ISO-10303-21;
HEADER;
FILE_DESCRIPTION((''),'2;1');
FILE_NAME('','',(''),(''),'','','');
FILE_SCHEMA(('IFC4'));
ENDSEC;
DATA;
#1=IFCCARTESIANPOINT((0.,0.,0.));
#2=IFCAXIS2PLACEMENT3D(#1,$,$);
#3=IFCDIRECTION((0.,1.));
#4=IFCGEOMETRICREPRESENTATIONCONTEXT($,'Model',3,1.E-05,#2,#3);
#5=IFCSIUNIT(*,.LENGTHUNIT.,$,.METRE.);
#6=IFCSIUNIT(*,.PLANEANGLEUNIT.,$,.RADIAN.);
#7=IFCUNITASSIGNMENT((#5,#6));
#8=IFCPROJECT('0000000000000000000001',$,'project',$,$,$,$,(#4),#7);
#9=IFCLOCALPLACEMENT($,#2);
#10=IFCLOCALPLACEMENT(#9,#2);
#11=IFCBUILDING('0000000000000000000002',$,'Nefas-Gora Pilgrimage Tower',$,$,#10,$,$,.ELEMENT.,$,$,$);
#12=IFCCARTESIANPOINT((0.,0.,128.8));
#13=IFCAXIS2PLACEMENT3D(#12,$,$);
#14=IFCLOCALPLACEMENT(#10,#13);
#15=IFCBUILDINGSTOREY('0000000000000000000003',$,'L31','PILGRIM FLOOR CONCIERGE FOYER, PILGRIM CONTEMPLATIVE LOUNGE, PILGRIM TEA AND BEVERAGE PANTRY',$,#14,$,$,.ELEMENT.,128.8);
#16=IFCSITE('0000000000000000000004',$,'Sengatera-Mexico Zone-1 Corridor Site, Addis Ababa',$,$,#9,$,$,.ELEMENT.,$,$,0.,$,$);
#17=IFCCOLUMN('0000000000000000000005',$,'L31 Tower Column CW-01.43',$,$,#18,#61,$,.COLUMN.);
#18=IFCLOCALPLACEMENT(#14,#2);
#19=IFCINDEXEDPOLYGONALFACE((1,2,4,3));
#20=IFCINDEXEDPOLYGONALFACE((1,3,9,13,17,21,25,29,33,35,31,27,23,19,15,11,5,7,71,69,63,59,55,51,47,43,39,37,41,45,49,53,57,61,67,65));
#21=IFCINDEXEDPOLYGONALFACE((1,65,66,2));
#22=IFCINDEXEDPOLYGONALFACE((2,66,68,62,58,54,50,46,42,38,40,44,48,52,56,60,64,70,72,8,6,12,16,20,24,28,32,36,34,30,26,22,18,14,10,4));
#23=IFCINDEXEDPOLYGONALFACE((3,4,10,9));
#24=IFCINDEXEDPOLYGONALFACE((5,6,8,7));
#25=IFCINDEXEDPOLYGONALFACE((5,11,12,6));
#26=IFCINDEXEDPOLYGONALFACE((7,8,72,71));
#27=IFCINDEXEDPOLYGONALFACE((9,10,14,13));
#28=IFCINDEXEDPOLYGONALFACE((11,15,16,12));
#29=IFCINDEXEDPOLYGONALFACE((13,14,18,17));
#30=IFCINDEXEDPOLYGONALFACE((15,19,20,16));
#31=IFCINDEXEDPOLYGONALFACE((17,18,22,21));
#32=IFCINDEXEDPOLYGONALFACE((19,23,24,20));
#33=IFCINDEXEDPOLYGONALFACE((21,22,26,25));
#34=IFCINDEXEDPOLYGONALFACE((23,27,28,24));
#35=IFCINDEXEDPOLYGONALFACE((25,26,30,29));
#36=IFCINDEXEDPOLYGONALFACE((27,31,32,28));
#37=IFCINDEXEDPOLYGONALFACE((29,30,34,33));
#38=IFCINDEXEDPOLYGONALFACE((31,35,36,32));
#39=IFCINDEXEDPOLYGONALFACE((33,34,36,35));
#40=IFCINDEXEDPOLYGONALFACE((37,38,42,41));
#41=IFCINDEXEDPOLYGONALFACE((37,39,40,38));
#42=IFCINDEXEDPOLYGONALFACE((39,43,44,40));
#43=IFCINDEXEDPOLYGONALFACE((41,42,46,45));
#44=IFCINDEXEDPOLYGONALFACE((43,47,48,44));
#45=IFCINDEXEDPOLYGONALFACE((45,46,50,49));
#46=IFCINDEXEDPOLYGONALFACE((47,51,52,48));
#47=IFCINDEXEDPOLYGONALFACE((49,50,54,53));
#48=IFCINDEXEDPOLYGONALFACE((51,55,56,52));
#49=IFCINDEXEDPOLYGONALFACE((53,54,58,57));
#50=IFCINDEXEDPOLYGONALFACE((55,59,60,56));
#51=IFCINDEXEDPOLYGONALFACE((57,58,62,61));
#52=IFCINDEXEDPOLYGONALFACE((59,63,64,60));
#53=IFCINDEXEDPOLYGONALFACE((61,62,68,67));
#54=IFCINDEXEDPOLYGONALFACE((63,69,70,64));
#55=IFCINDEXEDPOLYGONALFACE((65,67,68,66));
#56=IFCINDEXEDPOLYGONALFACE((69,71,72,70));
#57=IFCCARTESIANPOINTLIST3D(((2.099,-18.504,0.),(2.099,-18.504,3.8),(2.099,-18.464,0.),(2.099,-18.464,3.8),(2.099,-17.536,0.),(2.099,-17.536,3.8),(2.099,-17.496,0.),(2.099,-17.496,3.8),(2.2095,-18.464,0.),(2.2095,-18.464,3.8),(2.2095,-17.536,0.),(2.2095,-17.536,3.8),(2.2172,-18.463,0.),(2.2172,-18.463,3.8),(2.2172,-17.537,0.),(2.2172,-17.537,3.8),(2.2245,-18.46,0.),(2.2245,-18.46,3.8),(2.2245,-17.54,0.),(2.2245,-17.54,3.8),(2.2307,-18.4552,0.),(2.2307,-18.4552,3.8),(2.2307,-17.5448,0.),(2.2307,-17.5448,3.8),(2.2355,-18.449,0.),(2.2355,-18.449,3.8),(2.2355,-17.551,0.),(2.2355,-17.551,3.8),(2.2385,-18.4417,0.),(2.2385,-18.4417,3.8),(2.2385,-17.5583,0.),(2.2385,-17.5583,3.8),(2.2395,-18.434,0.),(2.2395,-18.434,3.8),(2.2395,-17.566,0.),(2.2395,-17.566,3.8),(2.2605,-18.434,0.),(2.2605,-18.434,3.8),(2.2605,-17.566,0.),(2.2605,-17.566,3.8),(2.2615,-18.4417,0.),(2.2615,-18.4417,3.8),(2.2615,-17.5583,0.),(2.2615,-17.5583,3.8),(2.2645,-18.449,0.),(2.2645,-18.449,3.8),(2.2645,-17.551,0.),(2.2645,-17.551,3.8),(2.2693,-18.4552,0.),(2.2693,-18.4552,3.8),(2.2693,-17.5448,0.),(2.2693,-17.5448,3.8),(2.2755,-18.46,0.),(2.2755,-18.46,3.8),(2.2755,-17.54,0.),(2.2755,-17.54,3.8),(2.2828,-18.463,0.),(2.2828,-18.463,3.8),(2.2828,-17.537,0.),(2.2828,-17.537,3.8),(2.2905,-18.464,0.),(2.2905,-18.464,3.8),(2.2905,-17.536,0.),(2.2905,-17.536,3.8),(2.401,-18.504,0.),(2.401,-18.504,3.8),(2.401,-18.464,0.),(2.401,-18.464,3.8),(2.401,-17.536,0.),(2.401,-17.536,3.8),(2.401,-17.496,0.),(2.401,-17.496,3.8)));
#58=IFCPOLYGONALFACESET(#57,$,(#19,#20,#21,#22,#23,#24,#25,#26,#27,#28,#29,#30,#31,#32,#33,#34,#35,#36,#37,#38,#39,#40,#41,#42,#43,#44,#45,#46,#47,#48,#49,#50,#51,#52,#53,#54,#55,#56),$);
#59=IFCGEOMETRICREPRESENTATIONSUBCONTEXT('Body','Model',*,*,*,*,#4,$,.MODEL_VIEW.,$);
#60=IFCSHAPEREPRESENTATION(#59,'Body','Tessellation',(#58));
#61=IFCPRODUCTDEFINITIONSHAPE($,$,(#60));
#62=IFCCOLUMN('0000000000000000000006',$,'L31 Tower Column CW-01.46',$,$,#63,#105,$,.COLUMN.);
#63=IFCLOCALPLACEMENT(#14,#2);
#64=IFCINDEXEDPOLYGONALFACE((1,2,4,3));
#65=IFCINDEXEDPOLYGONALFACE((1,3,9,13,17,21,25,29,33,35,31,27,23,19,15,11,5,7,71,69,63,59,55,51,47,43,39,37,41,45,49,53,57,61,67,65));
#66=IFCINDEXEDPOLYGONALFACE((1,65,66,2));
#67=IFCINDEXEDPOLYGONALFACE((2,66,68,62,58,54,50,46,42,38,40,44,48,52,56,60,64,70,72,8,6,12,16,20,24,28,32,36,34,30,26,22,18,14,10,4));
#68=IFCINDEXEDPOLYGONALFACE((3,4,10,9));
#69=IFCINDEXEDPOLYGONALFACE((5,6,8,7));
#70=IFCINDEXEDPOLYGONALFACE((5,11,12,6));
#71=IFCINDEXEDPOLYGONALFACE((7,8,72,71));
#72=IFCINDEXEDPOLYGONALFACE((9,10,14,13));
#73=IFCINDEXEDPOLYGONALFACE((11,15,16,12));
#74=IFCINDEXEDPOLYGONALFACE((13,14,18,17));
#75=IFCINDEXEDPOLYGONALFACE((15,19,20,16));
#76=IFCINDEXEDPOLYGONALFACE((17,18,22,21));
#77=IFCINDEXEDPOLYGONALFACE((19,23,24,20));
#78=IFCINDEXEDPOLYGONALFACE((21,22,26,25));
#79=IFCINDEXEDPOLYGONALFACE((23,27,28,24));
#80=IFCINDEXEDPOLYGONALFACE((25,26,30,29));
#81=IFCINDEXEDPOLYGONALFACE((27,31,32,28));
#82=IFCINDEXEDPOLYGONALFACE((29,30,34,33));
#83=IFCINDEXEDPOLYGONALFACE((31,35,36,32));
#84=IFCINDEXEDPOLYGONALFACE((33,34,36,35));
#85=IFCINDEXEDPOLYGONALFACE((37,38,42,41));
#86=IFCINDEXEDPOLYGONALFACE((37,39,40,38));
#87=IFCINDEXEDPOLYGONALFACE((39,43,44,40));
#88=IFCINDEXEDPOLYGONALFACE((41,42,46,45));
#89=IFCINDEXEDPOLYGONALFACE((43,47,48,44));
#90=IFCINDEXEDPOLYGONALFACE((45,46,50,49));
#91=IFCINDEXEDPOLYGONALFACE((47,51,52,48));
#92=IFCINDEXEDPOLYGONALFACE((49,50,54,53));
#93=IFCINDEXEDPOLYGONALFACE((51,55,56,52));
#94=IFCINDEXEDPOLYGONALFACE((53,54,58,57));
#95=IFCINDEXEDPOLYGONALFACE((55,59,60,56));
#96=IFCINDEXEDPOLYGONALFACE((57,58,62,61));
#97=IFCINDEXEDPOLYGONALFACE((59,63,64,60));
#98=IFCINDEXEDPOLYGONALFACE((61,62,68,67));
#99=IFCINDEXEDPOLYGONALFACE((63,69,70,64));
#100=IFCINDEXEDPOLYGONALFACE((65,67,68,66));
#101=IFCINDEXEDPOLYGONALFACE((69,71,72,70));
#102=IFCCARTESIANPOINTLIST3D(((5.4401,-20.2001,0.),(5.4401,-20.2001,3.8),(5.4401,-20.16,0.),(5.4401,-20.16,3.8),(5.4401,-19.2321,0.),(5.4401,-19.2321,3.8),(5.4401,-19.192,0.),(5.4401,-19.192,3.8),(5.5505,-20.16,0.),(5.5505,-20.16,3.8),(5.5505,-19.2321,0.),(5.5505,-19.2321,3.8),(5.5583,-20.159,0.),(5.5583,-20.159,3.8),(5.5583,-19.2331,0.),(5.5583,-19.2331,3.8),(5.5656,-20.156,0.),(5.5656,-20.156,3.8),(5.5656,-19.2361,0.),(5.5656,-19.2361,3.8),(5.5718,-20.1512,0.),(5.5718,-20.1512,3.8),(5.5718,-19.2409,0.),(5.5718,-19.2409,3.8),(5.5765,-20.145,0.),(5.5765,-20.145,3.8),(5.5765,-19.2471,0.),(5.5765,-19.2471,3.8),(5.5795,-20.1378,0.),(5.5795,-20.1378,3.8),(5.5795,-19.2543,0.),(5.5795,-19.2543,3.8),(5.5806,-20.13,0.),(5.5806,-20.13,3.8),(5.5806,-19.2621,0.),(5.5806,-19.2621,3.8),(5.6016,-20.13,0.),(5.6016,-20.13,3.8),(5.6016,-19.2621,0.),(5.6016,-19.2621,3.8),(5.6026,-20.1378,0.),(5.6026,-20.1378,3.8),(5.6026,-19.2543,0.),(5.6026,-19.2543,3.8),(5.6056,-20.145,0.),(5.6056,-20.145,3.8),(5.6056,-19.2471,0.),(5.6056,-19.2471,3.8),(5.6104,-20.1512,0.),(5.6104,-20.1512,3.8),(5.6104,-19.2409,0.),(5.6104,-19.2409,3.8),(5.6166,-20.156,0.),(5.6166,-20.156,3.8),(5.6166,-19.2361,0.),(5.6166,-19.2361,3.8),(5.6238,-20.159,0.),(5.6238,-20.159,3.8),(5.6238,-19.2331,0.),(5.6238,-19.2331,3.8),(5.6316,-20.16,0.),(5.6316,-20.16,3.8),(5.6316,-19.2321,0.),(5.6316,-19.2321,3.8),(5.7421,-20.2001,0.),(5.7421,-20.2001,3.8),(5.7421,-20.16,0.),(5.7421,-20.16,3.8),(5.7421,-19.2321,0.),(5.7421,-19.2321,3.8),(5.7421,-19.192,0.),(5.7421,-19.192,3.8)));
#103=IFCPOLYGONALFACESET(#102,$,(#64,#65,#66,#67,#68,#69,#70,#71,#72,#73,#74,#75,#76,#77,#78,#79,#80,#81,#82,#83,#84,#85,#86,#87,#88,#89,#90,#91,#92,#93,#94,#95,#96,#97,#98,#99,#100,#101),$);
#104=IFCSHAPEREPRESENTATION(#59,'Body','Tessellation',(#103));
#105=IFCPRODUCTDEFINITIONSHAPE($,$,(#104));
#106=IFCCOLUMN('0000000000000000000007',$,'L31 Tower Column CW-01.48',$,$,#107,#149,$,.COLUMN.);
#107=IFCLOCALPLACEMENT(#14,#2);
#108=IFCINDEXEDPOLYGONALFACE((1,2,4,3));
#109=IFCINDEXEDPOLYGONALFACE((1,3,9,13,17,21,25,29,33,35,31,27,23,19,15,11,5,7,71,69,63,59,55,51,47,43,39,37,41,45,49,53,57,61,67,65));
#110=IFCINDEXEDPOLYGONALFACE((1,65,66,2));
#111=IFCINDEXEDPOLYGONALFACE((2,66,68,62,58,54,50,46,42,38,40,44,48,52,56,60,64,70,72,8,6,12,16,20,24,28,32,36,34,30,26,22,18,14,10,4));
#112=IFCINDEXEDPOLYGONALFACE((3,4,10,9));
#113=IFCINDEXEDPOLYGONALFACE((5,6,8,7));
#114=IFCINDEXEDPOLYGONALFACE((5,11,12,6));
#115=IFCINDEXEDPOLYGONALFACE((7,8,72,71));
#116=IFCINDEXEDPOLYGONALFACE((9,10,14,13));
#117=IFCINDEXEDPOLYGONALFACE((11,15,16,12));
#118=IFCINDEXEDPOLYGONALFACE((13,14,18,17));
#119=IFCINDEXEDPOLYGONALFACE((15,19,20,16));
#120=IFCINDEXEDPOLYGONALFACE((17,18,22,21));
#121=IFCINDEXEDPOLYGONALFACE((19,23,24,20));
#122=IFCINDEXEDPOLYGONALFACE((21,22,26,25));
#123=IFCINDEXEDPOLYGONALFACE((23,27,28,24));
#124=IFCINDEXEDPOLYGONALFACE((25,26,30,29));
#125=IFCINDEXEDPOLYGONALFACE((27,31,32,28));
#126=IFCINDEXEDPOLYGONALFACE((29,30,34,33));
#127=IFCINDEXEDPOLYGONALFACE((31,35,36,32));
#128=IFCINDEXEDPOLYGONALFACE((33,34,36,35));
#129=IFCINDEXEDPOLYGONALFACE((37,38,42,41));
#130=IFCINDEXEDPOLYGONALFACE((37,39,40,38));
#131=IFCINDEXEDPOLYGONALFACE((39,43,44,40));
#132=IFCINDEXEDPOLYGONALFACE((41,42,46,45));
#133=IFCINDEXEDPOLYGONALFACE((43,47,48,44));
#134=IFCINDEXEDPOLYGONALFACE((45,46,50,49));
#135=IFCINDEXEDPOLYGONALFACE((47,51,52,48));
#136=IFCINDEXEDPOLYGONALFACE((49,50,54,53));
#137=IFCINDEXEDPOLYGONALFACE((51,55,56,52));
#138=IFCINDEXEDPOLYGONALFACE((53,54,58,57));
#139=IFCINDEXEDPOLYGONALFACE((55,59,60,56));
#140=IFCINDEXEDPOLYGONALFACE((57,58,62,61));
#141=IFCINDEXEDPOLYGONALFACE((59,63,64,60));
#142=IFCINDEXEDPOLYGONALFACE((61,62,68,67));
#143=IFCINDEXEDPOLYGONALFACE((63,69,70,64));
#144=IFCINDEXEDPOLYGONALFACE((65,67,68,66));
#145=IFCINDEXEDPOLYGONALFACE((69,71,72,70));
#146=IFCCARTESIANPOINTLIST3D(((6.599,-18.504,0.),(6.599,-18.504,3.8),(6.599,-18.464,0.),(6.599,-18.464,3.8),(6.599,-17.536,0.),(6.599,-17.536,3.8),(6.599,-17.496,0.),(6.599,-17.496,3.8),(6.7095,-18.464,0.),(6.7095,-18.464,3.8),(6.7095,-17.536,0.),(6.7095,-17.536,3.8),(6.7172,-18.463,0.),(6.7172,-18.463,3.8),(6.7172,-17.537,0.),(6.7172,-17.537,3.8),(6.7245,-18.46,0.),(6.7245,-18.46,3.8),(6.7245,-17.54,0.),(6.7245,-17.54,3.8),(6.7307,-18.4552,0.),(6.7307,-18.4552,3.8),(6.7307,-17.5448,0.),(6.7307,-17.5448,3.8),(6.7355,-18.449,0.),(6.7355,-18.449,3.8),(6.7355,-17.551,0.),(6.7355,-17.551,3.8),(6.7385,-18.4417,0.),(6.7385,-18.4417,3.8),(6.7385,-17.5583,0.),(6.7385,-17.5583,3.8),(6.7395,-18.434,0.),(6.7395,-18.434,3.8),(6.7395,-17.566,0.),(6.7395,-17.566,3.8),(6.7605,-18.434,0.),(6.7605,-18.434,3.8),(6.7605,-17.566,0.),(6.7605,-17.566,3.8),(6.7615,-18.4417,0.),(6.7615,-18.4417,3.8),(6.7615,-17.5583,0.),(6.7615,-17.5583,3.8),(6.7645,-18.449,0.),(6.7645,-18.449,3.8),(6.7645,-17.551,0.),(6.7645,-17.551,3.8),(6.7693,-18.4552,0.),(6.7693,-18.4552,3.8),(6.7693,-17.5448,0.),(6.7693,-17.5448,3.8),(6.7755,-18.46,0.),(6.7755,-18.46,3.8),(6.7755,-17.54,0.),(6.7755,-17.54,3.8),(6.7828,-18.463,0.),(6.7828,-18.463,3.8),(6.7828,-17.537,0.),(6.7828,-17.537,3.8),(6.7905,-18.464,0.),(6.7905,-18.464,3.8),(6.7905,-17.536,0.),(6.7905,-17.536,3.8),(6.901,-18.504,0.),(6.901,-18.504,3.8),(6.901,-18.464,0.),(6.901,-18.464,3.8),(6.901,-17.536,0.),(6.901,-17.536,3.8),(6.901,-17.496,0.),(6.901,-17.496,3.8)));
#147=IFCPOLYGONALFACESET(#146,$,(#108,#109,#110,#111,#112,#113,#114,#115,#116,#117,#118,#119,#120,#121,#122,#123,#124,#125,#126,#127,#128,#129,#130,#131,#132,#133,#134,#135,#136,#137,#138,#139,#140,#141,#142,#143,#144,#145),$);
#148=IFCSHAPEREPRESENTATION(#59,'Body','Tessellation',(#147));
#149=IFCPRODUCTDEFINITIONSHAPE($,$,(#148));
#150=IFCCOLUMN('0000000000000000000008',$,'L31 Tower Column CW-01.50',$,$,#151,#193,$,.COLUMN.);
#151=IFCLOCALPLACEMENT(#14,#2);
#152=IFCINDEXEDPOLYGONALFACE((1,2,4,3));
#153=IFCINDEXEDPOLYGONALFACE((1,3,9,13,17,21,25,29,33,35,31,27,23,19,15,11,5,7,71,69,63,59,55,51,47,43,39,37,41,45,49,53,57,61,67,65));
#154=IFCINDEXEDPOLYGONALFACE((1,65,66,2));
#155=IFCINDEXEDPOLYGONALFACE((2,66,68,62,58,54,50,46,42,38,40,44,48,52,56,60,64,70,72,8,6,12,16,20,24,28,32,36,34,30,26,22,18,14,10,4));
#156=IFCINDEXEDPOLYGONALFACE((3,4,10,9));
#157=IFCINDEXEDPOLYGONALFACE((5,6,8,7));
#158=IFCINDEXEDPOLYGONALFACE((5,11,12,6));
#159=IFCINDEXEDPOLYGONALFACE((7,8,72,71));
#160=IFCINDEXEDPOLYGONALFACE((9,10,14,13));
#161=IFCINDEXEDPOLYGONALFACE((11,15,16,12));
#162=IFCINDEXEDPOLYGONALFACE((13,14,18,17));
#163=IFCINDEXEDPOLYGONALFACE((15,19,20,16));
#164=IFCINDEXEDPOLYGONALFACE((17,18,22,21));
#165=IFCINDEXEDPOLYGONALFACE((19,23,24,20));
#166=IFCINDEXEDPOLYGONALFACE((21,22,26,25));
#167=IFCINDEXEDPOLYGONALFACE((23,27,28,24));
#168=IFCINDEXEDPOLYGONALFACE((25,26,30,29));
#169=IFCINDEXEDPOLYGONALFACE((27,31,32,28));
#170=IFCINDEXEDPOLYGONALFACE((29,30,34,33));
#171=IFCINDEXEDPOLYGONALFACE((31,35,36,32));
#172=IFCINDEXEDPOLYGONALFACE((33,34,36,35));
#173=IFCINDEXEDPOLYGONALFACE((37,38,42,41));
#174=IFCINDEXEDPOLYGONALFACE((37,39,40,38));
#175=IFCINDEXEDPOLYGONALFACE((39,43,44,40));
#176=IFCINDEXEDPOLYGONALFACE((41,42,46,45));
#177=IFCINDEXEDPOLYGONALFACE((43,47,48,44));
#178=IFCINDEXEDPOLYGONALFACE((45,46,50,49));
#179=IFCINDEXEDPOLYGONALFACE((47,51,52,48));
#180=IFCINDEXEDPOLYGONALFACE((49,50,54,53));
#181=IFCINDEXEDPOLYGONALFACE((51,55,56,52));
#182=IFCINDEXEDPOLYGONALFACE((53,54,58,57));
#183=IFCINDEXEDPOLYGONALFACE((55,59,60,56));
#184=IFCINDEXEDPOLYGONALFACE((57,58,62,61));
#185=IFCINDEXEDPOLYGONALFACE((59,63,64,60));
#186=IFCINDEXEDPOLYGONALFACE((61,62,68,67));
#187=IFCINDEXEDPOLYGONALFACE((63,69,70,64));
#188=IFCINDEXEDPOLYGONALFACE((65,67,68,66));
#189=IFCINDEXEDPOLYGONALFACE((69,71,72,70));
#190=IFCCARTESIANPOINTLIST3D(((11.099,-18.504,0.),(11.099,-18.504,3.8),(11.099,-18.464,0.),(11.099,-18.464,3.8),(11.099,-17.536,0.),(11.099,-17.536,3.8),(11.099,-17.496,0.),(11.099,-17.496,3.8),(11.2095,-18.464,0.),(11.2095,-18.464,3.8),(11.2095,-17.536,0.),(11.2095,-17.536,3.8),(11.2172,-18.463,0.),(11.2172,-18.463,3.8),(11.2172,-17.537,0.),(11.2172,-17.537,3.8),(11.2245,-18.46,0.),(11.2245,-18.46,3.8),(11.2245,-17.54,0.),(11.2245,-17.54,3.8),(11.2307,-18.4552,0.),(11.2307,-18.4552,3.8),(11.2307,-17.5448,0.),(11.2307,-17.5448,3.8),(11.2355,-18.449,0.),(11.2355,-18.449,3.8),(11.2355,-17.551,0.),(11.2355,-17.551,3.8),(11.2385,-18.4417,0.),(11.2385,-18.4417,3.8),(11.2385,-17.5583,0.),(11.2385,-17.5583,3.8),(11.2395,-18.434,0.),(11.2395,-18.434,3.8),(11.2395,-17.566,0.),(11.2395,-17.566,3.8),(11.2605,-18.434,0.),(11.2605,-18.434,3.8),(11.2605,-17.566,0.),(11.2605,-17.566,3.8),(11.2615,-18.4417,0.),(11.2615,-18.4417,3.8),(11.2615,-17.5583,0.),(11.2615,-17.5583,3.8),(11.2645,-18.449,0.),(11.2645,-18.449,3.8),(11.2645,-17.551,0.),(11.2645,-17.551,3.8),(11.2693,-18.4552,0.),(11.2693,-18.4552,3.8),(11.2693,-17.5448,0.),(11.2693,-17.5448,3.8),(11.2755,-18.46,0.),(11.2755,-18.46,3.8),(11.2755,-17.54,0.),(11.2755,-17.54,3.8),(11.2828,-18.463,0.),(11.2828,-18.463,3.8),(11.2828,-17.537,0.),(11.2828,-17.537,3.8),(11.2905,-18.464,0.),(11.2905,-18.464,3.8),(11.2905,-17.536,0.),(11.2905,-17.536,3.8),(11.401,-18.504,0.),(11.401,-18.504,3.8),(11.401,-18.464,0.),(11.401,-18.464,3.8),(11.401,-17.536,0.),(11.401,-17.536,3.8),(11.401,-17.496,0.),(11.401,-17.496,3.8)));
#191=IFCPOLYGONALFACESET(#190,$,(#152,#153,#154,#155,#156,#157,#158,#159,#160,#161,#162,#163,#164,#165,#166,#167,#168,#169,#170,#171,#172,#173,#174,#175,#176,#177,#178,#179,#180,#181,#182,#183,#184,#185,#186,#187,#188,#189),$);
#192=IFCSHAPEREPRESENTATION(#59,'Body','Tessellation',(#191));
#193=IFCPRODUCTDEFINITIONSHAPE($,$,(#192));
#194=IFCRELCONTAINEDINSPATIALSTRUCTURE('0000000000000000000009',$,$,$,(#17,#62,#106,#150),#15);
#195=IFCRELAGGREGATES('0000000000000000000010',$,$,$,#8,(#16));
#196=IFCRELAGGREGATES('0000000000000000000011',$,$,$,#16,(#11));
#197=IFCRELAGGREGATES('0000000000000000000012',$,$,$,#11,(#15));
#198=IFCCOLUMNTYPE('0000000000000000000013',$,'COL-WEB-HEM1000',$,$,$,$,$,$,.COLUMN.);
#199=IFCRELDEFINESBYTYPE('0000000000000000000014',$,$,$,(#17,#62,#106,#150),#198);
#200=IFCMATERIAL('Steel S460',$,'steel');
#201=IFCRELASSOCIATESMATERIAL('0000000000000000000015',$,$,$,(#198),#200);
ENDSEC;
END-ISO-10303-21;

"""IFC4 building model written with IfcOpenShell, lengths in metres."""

from ifc_helpers import new_model, si_unit, direction, frame, origin, origin_2d, place, context, subcontext, project, spatial, i_section, extrude, source, transform, mapped, material, material_profile, profile_set, type_object, element, save


model = new_model("IFC4")

# Units and contexts
model_context = context("Model", 3, precision=1e-05, world=origin(), true_north=direction((0.0, 1.0)))
body_context = subcontext(model_context, "Body", "Model", "MODEL_VIEW")
ifc_project = project(units=[si_unit("LENGTHUNIT", "METRE"), si_unit("PLANEANGLEUNIT", "RADIAN")], contexts=[model_context])

# Site, building, storey
site_placement = place(None, origin())
site = spatial("IfcSite", under=ifc_project, at=site_placement, Name="Sengatera-Mexico Zone-1 Corridor Site, Addis Ababa", CompositionType="ELEMENT", RefElevation=0.0)
building_placement = place(site_placement, origin())
building = spatial("IfcBuilding", under=site, at=building_placement, Name="Nefas-Gora Pilgrimage Tower", CompositionType="ELEMENT")
storey_placement = place(building_placement, frame((0.0, 0.0, 128.8)))
storey = spatial("IfcBuildingStorey", under=building, at=storey_placement, Name="L31", Description="PILGRIM FLOOR CONCIERGE FOYER, PILGRIM CONTEMPLATIVE LOUNGE, PILGRIM TEA AND BEVERAGE PANTRY", CompositionType="ELEMENT", Elevation=128.8)

# Columns
ifc_material_1 = material(Name="Steel S460", Category="steel")
ifc_material_profile_1 = material_profile(ifc_material_1, i_section(OverallWidth=0.302, OverallDepth=1.0081, WebThickness=0.021, FlangeThickness=0.04, FilletRadius=0.03, at=origin_2d()), Name="HEM 1000")
ifc_profile_set_1 = profile_set([ifc_material_profile_1], Name="Steel S460")
column_type_1 = type_object("IfcColumnType", Name="COL-WEB-HEM1000", PredefinedType="COLUMN", material=ifc_profile_set_1)
shared_shape_1 = source(origin(), body_context, "Body", "SweptSolid", [
    extrude(i_section(OverallWidth=0.302, OverallDepth=1.0081, WebThickness=0.021, FlangeThickness=0.04, FilletRadius=0.03, at=origin_2d()), origin(), (0.0, 0.0, 1.0), 3.8),
])
for number, where, z_axis, x_axis, name in (
    (1, (2.25, -18.0, 0.0), (0.0, 0.0, 1.0), (1.0, 0.0, 0.0), "L31 Tower Column CW-01.43"),
    (2, (5.5911, -19.696, 0.0), (0.0, 0.0, 1.0), (1.0, 0.0, 0.0), "L31 Tower Column CW-01.46"),
    (3, (6.75, -18.0, 0.0), (0.0, 0.0, 1.0), (1.0, 0.0, 0.0), "L31 Tower Column CW-01.48"),
    (4, (11.25, -18.0, 0.0), (0.0, 0.0, 1.0), (1.0, 0.0, 0.0), "L31 Tower Column CW-01.50"),
):
    element("IfcColumn", number, at=place(storey_placement, frame(where, z_axis=z_axis, x_axis=x_axis)), inside=storey, type_object=column_type_1, Name=name, PredefinedType="COLUMN", context=body_context, shape_type="MappedRepresentation", body=[
        mapped(shared_shape_1, transform((0.0, 0.0, 0.0), x_axis=(1.0, 0.0, 0.0), y_axis=(0.0, 1.0, 0.0), z_axis=(0.0, 0.0, 1.0), scale=1.0)),
    ])

save(model, "model.ifc")
